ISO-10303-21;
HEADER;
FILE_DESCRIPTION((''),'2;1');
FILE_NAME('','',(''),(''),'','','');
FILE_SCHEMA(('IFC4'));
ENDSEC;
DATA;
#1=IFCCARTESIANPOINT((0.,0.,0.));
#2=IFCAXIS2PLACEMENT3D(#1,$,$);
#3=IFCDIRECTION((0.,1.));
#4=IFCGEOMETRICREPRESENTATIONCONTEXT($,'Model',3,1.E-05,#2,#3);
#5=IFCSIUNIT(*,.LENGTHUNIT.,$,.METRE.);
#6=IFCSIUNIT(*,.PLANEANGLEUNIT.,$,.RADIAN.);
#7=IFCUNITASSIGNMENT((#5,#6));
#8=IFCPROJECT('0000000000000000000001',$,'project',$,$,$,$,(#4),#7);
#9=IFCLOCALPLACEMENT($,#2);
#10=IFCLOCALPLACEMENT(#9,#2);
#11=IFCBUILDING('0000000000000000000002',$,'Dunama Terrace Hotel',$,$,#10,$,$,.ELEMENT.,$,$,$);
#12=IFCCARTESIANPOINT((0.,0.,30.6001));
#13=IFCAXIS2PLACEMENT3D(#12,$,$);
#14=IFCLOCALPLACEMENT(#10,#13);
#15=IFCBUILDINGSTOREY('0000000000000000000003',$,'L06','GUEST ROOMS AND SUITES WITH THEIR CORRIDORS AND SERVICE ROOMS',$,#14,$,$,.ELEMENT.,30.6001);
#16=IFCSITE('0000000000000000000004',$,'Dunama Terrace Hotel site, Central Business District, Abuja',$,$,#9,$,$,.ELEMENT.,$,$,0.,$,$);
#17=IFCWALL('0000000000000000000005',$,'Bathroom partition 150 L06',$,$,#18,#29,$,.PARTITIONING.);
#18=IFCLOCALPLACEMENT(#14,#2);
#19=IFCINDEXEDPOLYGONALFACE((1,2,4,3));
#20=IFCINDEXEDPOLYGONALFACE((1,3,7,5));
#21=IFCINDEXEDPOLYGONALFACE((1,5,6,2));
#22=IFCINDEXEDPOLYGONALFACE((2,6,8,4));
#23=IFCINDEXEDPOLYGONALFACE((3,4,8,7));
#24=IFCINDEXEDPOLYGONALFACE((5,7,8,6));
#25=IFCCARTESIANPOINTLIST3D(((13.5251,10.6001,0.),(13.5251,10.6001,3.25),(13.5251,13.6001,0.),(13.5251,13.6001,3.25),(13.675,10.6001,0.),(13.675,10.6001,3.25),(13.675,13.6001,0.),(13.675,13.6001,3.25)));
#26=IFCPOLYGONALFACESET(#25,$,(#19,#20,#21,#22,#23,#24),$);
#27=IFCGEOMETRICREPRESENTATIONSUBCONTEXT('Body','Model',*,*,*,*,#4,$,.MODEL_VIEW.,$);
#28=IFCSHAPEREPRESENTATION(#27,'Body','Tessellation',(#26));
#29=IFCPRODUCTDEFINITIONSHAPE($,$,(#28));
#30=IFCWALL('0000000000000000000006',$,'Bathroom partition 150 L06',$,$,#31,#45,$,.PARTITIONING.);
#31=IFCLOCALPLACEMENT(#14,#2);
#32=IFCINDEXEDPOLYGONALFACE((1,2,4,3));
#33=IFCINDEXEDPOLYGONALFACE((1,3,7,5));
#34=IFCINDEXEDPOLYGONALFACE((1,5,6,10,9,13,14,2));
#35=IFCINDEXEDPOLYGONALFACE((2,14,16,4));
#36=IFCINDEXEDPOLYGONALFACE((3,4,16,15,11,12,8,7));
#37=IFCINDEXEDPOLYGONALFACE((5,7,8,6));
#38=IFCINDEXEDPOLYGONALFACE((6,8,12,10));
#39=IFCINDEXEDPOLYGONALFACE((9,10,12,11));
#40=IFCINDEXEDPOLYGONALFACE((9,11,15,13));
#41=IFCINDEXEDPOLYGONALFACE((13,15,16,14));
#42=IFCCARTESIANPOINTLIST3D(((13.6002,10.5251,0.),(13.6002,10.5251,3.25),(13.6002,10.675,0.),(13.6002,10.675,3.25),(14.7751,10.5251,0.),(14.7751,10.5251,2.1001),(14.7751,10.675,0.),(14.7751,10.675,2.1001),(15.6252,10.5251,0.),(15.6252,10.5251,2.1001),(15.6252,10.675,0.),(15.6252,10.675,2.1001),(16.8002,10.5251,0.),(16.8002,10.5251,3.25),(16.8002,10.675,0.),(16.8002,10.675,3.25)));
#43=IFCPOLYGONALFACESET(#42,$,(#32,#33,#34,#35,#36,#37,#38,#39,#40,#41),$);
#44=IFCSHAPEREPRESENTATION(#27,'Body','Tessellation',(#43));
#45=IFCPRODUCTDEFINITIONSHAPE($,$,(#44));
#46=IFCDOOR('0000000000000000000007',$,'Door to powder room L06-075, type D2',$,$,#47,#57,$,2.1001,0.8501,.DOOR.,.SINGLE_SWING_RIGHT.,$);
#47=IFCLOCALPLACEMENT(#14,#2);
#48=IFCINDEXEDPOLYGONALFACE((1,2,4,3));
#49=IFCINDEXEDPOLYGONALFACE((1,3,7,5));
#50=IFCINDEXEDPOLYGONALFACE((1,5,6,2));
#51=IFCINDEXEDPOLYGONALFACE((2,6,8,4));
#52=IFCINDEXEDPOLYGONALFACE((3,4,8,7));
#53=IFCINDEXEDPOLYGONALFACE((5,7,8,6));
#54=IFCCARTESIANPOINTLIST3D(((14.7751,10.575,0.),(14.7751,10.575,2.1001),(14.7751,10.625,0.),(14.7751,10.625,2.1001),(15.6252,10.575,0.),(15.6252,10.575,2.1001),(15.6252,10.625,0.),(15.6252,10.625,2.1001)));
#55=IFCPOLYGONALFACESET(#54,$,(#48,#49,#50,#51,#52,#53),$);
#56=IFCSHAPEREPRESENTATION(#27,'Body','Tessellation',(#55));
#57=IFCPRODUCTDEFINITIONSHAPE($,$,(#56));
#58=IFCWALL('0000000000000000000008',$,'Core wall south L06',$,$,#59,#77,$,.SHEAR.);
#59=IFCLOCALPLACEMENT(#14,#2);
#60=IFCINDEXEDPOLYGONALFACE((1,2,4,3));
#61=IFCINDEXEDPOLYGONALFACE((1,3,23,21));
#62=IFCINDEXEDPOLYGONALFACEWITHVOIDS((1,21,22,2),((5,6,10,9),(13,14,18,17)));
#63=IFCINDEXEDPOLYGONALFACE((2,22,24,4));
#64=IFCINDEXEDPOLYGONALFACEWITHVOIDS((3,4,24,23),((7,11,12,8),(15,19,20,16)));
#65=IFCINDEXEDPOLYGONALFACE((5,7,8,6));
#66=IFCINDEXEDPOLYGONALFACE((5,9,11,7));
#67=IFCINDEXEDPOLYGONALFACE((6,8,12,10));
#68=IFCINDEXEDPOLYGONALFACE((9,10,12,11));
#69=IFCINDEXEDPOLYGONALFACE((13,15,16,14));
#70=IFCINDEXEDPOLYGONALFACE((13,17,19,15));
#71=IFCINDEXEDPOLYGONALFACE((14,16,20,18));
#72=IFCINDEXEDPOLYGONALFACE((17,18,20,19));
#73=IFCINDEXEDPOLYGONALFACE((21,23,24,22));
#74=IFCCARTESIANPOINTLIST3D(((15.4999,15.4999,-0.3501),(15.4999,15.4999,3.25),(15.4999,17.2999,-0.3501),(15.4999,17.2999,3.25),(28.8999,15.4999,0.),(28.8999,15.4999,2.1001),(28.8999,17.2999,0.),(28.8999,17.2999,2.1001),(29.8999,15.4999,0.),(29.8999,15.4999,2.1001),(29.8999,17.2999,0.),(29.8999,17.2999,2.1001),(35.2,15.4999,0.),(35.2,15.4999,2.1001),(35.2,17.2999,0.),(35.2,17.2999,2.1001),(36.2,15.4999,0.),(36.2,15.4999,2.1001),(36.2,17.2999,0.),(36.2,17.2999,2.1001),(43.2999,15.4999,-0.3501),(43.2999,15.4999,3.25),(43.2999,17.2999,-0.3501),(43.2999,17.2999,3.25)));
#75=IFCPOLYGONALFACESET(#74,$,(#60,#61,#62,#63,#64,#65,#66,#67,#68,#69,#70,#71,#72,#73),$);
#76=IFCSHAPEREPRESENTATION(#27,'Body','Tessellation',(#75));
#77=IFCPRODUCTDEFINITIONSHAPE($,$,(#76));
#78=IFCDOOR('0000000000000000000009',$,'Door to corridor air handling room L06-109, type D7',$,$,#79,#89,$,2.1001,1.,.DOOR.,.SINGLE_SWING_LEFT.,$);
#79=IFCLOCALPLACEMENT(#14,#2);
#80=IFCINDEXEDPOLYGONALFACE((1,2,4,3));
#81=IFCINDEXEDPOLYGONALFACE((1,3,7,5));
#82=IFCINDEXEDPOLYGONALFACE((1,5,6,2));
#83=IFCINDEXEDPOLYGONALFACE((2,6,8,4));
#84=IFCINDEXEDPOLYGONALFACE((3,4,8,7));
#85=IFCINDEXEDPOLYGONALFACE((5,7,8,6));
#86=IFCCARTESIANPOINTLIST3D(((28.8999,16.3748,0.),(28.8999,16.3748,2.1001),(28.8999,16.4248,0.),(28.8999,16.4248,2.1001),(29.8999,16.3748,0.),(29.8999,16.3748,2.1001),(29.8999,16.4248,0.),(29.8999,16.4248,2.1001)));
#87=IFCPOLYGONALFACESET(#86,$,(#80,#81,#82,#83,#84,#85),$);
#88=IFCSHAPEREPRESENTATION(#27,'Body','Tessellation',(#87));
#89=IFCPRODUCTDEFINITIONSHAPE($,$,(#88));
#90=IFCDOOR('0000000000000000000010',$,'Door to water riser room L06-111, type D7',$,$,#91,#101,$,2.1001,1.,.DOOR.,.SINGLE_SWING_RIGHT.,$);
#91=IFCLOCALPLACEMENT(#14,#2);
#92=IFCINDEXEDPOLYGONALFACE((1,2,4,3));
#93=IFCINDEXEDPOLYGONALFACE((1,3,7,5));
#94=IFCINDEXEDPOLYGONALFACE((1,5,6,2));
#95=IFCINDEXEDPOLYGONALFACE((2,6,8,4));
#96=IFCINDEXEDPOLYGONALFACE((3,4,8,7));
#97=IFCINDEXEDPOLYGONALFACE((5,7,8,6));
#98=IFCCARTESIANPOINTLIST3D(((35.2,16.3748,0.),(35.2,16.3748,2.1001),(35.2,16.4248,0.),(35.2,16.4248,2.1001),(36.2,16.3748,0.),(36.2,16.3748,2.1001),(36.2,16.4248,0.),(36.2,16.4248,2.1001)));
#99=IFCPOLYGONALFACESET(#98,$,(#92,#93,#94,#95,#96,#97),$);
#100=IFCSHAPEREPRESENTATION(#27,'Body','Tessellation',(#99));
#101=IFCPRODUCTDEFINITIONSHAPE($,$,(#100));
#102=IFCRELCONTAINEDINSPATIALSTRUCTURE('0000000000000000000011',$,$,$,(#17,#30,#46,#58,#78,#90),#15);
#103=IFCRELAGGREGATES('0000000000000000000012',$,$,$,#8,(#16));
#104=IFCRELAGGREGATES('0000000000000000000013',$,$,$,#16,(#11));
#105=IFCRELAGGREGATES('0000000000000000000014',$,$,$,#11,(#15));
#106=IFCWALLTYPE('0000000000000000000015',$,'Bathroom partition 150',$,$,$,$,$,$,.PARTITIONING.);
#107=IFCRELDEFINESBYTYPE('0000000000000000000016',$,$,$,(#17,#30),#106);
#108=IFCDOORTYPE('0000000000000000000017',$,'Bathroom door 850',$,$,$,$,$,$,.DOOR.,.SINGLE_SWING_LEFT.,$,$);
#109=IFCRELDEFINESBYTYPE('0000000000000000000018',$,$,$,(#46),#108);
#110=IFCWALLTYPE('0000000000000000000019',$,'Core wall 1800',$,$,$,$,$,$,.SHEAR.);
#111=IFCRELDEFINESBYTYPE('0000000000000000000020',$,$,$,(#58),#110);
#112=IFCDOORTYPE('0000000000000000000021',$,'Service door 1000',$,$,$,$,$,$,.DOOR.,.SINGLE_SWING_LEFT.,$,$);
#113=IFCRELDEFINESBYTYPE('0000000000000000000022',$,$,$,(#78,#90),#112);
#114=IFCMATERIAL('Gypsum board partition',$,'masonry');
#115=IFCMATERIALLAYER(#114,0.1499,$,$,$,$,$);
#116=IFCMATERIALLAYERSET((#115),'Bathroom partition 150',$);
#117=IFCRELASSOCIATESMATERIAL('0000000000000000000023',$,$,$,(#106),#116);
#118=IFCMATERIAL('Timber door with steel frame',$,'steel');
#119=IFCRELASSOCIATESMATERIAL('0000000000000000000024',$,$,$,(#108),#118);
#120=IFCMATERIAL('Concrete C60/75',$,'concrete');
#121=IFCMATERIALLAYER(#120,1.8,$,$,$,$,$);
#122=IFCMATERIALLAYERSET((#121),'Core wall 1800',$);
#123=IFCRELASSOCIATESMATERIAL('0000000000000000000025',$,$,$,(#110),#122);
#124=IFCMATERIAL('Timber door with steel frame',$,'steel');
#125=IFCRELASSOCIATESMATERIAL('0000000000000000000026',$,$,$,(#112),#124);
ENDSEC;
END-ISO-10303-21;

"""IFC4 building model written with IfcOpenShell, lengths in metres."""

from ifc_helpers import new_model, si_unit, direction, frame, frame_2d, origin, place, context, subcontext, project, spatial, rectangle, extrude, material, layer, layer_set, type_object, element, fill, save


model = new_model("IFC4")

# Units and contexts
model_context = context("Model", 3, precision=1e-05, world=origin(), true_north=direction((0.0, 1.0)))
body_context = subcontext(model_context, "Body", "Model", "MODEL_VIEW")
ifc_project = project(units=[si_unit("LENGTHUNIT", "METRE"), si_unit("PLANEANGLEUNIT", "RADIAN")], contexts=[model_context])

# Site, building, storey
site_placement = place(None, origin())
site = spatial("IfcSite", under=ifc_project, at=site_placement, Name="Dunama Terrace Hotel site, Central Business District, Abuja", CompositionType="ELEMENT", RefElevation=0.0)
building_placement = place(site_placement, origin())
building = spatial("IfcBuilding", under=site, at=building_placement, Name="Dunama Terrace Hotel", CompositionType="ELEMENT")
storey_placement = place(building_placement, frame((0.0, 0.0, 30.6001)))
storey = spatial("IfcBuildingStorey", under=building, at=storey_placement, Name="L06", Description="GUEST ROOMS AND SUITES WITH THEIR CORRIDORS AND SERVICE ROOMS", CompositionType="ELEMENT", Elevation=30.6001)

# Wall
ifc_material_1 = material(Name="Gypsum board partition", Category="masonry")
ifc_layer_1 = layer(ifc_material_1, 0.1499)
ifc_layer_set_1 = layer_set([ifc_layer_1], Name="Bathroom partition 150")
wall_type_1 = type_object("IfcWallType", Name="Bathroom partition 150", PredefinedType="PARTITIONING", material=ifc_layer_set_1)
wall_1_placement = place(storey_placement, frame((13.6001, 10.6001, 0.0), z_axis=(0.0, 0.0, 1.0), x_axis=(0.0, 1.0, 0.0)))
element("IfcWall", 1, at=wall_1_placement, inside=storey, type_object=wall_type_1, Name="Bathroom partition 150 L06", PredefinedType="PARTITIONING", context=body_context, shape_type="SweptSolid", body=[
    extrude(rectangle(XDim=3.0, YDim=0.1499, at=frame_2d((1.5, 0.0))), origin(), (0.0, 0.0, 1.0), 3.25),
])

# Wall, opening, door
wall_2_placement = place(storey_placement, frame((13.6001, 10.6001, 0.0), z_axis=(0.0, 0.0, 1.0), x_axis=(1.0, 0.0, 0.0)))
wall_2 = element("IfcWall", 2, at=wall_2_placement, inside=storey, type_object=wall_type_1, Name="Bathroom partition 150 L06", PredefinedType="PARTITIONING", context=body_context, shape_type="SweptSolid", body=[
    extrude(rectangle(XDim=3.2, YDim=0.1499, at=frame_2d((1.6001, 0.0))), origin(), (0.0, 0.0, 1.0), 3.25),
])
opening_1_placement = place(wall_2_placement, frame((1.175, 0.0, 0.0)))
opening_1 = element("IfcOpeningElement", 3, at=opening_1_placement, cuts=wall_2, PredefinedType="OPENING", context=body_context, shape_type="SweptSolid", body=[
    extrude(rectangle(XDim=0.8501, YDim=2.1001, at=frame_2d((0.425, 1.05))), frame((0.0, 0.085, 0.0), z_axis=(0.0, -1.0, 0.0), x_axis=(1.0, 0.0, 0.0)), (0.0, 0.0, 1.0), 0.1699),
])
ifc_material_2 = material(Name="Timber door with steel frame", Category="steel")
door_type_1 = type_object("IfcDoorType", Name="Bathroom door 850", OperationType="SINGLE_SWING_LEFT", PredefinedType="DOOR", material=ifc_material_2)
door_1_placement = place(opening_1_placement, origin())
door_1 = element("IfcDoor", 4, at=door_1_placement, inside=storey, type_object=door_type_1, Name="Door to powder room L06-075, type D2", OperationType="SINGLE_SWING_RIGHT", OverallHeight=2.1001, OverallWidth=0.8501, PredefinedType="DOOR", context=body_context, shape_type="SweptSolid", body=[
    extrude(rectangle(XDim=0.8501, YDim=2.1001, at=frame_2d((0.425, 1.05))), frame((0.0, 0.0249, 0.0), z_axis=(0.0, -1.0, 0.0), x_axis=(1.0, 0.0, 0.0)), (0.0, 0.0, 1.0), 0.05),
])
fill(opening_1, door_1)

# Wall, openings, doors
ifc_material_3 = material(Name="Concrete C60/75", Category="concrete")
ifc_layer_2 = layer(ifc_material_3, 1.8)
ifc_layer_set_2 = layer_set([ifc_layer_2], Name="Core wall 1800")
wall_type_2 = type_object("IfcWallType", Name="Core wall 1800", PredefinedType="SHEAR", material=ifc_layer_set_2)
wall_3_placement = place(storey_placement, frame((15.5, 16.3999, -0.3501), z_axis=(0.0, 0.0, 1.0), x_axis=(1.0, 0.0, 0.0)))
wall_3 = element("IfcWall", 5, at=wall_3_placement, inside=storey, type_object=wall_type_2, Name="Core wall south L06", PredefinedType="SHEAR", context=body_context, shape_type="SweptSolid", body=[
    extrude(rectangle(XDim=27.8, YDim=1.8, at=frame_2d((13.8999, 0.0))), origin(), (0.0, 0.0, 1.0), 3.6001),
])
opening_2_placement = place(wall_3_placement, frame((13.3999, 0.0, 0.3501)))
opening_2 = element("IfcOpeningElement", 6, at=opening_2_placement, cuts=wall_3, PredefinedType="OPENING", context=body_context, shape_type="SweptSolid", body=[
    extrude(rectangle(XDim=1.0, YDim=2.1001, at=frame_2d((0.5, 1.05))), frame((0.0, 0.9099, 0.0), z_axis=(0.0, -1.0, 0.0), x_axis=(1.0, 0.0, 0.0)), (0.0, 0.0, 1.0), 1.8201),
])
opening_3_placement = place(wall_3_placement, frame((19.7, 0.0, 0.3501)))
opening_3 = element("IfcOpeningElement", 7, at=opening_3_placement, cuts=wall_3, PredefinedType="OPENING", context=body_context, shape_type="SweptSolid", body=[
    extrude(rectangle(XDim=1.0, YDim=2.1001, at=frame_2d((0.5, 1.05))), frame((0.0, 0.9099, 0.0), z_axis=(0.0, -1.0, 0.0), x_axis=(1.0, 0.0, 0.0)), (0.0, 0.0, 1.0), 1.8201),
])
ifc_material_4 = material(Name="Timber door with steel frame", Category="steel")
door_type_2 = type_object("IfcDoorType", Name="Service door 1000", OperationType="SINGLE_SWING_LEFT", PredefinedType="DOOR", material=ifc_material_4)
door_2_placement = place(opening_2_placement, origin())
door_2 = element("IfcDoor", 8, at=door_2_placement, inside=storey, type_object=door_type_2, Name="Door to corridor air handling room L06-109, type D7", OperationType="SINGLE_SWING_LEFT", OverallHeight=2.1001, OverallWidth=1.0, PredefinedType="DOOR", context=body_context, shape_type="SweptSolid", body=[
    extrude(rectangle(XDim=1.0, YDim=2.1001, at=frame_2d((0.5, 1.05))), frame((0.0, 0.0249, 0.0), z_axis=(0.0, -1.0, 0.0), x_axis=(1.0, 0.0, 0.0)), (0.0, 0.0, 1.0), 0.05),
])
fill(opening_2, door_2)
door_3_placement = place(opening_3_placement, origin())
door_3 = element("IfcDoor", 9, at=door_3_placement, inside=storey, type_object=door_type_2, Name="Door to water riser room L06-111, type D7", OperationType="SINGLE_SWING_RIGHT", OverallHeight=2.1001, OverallWidth=1.0, PredefinedType="DOOR", context=body_context, shape_type="SweptSolid", body=[
    extrude(rectangle(XDim=1.0, YDim=2.1001, at=frame_2d((0.5, 1.05))), frame((0.0, 0.0249, 0.0), z_axis=(0.0, -1.0, 0.0), x_axis=(1.0, 0.0, 0.0)), (0.0, 0.0, 1.0), 0.05),
])
fill(opening_3, door_3)

save(model, "model.ifc")
